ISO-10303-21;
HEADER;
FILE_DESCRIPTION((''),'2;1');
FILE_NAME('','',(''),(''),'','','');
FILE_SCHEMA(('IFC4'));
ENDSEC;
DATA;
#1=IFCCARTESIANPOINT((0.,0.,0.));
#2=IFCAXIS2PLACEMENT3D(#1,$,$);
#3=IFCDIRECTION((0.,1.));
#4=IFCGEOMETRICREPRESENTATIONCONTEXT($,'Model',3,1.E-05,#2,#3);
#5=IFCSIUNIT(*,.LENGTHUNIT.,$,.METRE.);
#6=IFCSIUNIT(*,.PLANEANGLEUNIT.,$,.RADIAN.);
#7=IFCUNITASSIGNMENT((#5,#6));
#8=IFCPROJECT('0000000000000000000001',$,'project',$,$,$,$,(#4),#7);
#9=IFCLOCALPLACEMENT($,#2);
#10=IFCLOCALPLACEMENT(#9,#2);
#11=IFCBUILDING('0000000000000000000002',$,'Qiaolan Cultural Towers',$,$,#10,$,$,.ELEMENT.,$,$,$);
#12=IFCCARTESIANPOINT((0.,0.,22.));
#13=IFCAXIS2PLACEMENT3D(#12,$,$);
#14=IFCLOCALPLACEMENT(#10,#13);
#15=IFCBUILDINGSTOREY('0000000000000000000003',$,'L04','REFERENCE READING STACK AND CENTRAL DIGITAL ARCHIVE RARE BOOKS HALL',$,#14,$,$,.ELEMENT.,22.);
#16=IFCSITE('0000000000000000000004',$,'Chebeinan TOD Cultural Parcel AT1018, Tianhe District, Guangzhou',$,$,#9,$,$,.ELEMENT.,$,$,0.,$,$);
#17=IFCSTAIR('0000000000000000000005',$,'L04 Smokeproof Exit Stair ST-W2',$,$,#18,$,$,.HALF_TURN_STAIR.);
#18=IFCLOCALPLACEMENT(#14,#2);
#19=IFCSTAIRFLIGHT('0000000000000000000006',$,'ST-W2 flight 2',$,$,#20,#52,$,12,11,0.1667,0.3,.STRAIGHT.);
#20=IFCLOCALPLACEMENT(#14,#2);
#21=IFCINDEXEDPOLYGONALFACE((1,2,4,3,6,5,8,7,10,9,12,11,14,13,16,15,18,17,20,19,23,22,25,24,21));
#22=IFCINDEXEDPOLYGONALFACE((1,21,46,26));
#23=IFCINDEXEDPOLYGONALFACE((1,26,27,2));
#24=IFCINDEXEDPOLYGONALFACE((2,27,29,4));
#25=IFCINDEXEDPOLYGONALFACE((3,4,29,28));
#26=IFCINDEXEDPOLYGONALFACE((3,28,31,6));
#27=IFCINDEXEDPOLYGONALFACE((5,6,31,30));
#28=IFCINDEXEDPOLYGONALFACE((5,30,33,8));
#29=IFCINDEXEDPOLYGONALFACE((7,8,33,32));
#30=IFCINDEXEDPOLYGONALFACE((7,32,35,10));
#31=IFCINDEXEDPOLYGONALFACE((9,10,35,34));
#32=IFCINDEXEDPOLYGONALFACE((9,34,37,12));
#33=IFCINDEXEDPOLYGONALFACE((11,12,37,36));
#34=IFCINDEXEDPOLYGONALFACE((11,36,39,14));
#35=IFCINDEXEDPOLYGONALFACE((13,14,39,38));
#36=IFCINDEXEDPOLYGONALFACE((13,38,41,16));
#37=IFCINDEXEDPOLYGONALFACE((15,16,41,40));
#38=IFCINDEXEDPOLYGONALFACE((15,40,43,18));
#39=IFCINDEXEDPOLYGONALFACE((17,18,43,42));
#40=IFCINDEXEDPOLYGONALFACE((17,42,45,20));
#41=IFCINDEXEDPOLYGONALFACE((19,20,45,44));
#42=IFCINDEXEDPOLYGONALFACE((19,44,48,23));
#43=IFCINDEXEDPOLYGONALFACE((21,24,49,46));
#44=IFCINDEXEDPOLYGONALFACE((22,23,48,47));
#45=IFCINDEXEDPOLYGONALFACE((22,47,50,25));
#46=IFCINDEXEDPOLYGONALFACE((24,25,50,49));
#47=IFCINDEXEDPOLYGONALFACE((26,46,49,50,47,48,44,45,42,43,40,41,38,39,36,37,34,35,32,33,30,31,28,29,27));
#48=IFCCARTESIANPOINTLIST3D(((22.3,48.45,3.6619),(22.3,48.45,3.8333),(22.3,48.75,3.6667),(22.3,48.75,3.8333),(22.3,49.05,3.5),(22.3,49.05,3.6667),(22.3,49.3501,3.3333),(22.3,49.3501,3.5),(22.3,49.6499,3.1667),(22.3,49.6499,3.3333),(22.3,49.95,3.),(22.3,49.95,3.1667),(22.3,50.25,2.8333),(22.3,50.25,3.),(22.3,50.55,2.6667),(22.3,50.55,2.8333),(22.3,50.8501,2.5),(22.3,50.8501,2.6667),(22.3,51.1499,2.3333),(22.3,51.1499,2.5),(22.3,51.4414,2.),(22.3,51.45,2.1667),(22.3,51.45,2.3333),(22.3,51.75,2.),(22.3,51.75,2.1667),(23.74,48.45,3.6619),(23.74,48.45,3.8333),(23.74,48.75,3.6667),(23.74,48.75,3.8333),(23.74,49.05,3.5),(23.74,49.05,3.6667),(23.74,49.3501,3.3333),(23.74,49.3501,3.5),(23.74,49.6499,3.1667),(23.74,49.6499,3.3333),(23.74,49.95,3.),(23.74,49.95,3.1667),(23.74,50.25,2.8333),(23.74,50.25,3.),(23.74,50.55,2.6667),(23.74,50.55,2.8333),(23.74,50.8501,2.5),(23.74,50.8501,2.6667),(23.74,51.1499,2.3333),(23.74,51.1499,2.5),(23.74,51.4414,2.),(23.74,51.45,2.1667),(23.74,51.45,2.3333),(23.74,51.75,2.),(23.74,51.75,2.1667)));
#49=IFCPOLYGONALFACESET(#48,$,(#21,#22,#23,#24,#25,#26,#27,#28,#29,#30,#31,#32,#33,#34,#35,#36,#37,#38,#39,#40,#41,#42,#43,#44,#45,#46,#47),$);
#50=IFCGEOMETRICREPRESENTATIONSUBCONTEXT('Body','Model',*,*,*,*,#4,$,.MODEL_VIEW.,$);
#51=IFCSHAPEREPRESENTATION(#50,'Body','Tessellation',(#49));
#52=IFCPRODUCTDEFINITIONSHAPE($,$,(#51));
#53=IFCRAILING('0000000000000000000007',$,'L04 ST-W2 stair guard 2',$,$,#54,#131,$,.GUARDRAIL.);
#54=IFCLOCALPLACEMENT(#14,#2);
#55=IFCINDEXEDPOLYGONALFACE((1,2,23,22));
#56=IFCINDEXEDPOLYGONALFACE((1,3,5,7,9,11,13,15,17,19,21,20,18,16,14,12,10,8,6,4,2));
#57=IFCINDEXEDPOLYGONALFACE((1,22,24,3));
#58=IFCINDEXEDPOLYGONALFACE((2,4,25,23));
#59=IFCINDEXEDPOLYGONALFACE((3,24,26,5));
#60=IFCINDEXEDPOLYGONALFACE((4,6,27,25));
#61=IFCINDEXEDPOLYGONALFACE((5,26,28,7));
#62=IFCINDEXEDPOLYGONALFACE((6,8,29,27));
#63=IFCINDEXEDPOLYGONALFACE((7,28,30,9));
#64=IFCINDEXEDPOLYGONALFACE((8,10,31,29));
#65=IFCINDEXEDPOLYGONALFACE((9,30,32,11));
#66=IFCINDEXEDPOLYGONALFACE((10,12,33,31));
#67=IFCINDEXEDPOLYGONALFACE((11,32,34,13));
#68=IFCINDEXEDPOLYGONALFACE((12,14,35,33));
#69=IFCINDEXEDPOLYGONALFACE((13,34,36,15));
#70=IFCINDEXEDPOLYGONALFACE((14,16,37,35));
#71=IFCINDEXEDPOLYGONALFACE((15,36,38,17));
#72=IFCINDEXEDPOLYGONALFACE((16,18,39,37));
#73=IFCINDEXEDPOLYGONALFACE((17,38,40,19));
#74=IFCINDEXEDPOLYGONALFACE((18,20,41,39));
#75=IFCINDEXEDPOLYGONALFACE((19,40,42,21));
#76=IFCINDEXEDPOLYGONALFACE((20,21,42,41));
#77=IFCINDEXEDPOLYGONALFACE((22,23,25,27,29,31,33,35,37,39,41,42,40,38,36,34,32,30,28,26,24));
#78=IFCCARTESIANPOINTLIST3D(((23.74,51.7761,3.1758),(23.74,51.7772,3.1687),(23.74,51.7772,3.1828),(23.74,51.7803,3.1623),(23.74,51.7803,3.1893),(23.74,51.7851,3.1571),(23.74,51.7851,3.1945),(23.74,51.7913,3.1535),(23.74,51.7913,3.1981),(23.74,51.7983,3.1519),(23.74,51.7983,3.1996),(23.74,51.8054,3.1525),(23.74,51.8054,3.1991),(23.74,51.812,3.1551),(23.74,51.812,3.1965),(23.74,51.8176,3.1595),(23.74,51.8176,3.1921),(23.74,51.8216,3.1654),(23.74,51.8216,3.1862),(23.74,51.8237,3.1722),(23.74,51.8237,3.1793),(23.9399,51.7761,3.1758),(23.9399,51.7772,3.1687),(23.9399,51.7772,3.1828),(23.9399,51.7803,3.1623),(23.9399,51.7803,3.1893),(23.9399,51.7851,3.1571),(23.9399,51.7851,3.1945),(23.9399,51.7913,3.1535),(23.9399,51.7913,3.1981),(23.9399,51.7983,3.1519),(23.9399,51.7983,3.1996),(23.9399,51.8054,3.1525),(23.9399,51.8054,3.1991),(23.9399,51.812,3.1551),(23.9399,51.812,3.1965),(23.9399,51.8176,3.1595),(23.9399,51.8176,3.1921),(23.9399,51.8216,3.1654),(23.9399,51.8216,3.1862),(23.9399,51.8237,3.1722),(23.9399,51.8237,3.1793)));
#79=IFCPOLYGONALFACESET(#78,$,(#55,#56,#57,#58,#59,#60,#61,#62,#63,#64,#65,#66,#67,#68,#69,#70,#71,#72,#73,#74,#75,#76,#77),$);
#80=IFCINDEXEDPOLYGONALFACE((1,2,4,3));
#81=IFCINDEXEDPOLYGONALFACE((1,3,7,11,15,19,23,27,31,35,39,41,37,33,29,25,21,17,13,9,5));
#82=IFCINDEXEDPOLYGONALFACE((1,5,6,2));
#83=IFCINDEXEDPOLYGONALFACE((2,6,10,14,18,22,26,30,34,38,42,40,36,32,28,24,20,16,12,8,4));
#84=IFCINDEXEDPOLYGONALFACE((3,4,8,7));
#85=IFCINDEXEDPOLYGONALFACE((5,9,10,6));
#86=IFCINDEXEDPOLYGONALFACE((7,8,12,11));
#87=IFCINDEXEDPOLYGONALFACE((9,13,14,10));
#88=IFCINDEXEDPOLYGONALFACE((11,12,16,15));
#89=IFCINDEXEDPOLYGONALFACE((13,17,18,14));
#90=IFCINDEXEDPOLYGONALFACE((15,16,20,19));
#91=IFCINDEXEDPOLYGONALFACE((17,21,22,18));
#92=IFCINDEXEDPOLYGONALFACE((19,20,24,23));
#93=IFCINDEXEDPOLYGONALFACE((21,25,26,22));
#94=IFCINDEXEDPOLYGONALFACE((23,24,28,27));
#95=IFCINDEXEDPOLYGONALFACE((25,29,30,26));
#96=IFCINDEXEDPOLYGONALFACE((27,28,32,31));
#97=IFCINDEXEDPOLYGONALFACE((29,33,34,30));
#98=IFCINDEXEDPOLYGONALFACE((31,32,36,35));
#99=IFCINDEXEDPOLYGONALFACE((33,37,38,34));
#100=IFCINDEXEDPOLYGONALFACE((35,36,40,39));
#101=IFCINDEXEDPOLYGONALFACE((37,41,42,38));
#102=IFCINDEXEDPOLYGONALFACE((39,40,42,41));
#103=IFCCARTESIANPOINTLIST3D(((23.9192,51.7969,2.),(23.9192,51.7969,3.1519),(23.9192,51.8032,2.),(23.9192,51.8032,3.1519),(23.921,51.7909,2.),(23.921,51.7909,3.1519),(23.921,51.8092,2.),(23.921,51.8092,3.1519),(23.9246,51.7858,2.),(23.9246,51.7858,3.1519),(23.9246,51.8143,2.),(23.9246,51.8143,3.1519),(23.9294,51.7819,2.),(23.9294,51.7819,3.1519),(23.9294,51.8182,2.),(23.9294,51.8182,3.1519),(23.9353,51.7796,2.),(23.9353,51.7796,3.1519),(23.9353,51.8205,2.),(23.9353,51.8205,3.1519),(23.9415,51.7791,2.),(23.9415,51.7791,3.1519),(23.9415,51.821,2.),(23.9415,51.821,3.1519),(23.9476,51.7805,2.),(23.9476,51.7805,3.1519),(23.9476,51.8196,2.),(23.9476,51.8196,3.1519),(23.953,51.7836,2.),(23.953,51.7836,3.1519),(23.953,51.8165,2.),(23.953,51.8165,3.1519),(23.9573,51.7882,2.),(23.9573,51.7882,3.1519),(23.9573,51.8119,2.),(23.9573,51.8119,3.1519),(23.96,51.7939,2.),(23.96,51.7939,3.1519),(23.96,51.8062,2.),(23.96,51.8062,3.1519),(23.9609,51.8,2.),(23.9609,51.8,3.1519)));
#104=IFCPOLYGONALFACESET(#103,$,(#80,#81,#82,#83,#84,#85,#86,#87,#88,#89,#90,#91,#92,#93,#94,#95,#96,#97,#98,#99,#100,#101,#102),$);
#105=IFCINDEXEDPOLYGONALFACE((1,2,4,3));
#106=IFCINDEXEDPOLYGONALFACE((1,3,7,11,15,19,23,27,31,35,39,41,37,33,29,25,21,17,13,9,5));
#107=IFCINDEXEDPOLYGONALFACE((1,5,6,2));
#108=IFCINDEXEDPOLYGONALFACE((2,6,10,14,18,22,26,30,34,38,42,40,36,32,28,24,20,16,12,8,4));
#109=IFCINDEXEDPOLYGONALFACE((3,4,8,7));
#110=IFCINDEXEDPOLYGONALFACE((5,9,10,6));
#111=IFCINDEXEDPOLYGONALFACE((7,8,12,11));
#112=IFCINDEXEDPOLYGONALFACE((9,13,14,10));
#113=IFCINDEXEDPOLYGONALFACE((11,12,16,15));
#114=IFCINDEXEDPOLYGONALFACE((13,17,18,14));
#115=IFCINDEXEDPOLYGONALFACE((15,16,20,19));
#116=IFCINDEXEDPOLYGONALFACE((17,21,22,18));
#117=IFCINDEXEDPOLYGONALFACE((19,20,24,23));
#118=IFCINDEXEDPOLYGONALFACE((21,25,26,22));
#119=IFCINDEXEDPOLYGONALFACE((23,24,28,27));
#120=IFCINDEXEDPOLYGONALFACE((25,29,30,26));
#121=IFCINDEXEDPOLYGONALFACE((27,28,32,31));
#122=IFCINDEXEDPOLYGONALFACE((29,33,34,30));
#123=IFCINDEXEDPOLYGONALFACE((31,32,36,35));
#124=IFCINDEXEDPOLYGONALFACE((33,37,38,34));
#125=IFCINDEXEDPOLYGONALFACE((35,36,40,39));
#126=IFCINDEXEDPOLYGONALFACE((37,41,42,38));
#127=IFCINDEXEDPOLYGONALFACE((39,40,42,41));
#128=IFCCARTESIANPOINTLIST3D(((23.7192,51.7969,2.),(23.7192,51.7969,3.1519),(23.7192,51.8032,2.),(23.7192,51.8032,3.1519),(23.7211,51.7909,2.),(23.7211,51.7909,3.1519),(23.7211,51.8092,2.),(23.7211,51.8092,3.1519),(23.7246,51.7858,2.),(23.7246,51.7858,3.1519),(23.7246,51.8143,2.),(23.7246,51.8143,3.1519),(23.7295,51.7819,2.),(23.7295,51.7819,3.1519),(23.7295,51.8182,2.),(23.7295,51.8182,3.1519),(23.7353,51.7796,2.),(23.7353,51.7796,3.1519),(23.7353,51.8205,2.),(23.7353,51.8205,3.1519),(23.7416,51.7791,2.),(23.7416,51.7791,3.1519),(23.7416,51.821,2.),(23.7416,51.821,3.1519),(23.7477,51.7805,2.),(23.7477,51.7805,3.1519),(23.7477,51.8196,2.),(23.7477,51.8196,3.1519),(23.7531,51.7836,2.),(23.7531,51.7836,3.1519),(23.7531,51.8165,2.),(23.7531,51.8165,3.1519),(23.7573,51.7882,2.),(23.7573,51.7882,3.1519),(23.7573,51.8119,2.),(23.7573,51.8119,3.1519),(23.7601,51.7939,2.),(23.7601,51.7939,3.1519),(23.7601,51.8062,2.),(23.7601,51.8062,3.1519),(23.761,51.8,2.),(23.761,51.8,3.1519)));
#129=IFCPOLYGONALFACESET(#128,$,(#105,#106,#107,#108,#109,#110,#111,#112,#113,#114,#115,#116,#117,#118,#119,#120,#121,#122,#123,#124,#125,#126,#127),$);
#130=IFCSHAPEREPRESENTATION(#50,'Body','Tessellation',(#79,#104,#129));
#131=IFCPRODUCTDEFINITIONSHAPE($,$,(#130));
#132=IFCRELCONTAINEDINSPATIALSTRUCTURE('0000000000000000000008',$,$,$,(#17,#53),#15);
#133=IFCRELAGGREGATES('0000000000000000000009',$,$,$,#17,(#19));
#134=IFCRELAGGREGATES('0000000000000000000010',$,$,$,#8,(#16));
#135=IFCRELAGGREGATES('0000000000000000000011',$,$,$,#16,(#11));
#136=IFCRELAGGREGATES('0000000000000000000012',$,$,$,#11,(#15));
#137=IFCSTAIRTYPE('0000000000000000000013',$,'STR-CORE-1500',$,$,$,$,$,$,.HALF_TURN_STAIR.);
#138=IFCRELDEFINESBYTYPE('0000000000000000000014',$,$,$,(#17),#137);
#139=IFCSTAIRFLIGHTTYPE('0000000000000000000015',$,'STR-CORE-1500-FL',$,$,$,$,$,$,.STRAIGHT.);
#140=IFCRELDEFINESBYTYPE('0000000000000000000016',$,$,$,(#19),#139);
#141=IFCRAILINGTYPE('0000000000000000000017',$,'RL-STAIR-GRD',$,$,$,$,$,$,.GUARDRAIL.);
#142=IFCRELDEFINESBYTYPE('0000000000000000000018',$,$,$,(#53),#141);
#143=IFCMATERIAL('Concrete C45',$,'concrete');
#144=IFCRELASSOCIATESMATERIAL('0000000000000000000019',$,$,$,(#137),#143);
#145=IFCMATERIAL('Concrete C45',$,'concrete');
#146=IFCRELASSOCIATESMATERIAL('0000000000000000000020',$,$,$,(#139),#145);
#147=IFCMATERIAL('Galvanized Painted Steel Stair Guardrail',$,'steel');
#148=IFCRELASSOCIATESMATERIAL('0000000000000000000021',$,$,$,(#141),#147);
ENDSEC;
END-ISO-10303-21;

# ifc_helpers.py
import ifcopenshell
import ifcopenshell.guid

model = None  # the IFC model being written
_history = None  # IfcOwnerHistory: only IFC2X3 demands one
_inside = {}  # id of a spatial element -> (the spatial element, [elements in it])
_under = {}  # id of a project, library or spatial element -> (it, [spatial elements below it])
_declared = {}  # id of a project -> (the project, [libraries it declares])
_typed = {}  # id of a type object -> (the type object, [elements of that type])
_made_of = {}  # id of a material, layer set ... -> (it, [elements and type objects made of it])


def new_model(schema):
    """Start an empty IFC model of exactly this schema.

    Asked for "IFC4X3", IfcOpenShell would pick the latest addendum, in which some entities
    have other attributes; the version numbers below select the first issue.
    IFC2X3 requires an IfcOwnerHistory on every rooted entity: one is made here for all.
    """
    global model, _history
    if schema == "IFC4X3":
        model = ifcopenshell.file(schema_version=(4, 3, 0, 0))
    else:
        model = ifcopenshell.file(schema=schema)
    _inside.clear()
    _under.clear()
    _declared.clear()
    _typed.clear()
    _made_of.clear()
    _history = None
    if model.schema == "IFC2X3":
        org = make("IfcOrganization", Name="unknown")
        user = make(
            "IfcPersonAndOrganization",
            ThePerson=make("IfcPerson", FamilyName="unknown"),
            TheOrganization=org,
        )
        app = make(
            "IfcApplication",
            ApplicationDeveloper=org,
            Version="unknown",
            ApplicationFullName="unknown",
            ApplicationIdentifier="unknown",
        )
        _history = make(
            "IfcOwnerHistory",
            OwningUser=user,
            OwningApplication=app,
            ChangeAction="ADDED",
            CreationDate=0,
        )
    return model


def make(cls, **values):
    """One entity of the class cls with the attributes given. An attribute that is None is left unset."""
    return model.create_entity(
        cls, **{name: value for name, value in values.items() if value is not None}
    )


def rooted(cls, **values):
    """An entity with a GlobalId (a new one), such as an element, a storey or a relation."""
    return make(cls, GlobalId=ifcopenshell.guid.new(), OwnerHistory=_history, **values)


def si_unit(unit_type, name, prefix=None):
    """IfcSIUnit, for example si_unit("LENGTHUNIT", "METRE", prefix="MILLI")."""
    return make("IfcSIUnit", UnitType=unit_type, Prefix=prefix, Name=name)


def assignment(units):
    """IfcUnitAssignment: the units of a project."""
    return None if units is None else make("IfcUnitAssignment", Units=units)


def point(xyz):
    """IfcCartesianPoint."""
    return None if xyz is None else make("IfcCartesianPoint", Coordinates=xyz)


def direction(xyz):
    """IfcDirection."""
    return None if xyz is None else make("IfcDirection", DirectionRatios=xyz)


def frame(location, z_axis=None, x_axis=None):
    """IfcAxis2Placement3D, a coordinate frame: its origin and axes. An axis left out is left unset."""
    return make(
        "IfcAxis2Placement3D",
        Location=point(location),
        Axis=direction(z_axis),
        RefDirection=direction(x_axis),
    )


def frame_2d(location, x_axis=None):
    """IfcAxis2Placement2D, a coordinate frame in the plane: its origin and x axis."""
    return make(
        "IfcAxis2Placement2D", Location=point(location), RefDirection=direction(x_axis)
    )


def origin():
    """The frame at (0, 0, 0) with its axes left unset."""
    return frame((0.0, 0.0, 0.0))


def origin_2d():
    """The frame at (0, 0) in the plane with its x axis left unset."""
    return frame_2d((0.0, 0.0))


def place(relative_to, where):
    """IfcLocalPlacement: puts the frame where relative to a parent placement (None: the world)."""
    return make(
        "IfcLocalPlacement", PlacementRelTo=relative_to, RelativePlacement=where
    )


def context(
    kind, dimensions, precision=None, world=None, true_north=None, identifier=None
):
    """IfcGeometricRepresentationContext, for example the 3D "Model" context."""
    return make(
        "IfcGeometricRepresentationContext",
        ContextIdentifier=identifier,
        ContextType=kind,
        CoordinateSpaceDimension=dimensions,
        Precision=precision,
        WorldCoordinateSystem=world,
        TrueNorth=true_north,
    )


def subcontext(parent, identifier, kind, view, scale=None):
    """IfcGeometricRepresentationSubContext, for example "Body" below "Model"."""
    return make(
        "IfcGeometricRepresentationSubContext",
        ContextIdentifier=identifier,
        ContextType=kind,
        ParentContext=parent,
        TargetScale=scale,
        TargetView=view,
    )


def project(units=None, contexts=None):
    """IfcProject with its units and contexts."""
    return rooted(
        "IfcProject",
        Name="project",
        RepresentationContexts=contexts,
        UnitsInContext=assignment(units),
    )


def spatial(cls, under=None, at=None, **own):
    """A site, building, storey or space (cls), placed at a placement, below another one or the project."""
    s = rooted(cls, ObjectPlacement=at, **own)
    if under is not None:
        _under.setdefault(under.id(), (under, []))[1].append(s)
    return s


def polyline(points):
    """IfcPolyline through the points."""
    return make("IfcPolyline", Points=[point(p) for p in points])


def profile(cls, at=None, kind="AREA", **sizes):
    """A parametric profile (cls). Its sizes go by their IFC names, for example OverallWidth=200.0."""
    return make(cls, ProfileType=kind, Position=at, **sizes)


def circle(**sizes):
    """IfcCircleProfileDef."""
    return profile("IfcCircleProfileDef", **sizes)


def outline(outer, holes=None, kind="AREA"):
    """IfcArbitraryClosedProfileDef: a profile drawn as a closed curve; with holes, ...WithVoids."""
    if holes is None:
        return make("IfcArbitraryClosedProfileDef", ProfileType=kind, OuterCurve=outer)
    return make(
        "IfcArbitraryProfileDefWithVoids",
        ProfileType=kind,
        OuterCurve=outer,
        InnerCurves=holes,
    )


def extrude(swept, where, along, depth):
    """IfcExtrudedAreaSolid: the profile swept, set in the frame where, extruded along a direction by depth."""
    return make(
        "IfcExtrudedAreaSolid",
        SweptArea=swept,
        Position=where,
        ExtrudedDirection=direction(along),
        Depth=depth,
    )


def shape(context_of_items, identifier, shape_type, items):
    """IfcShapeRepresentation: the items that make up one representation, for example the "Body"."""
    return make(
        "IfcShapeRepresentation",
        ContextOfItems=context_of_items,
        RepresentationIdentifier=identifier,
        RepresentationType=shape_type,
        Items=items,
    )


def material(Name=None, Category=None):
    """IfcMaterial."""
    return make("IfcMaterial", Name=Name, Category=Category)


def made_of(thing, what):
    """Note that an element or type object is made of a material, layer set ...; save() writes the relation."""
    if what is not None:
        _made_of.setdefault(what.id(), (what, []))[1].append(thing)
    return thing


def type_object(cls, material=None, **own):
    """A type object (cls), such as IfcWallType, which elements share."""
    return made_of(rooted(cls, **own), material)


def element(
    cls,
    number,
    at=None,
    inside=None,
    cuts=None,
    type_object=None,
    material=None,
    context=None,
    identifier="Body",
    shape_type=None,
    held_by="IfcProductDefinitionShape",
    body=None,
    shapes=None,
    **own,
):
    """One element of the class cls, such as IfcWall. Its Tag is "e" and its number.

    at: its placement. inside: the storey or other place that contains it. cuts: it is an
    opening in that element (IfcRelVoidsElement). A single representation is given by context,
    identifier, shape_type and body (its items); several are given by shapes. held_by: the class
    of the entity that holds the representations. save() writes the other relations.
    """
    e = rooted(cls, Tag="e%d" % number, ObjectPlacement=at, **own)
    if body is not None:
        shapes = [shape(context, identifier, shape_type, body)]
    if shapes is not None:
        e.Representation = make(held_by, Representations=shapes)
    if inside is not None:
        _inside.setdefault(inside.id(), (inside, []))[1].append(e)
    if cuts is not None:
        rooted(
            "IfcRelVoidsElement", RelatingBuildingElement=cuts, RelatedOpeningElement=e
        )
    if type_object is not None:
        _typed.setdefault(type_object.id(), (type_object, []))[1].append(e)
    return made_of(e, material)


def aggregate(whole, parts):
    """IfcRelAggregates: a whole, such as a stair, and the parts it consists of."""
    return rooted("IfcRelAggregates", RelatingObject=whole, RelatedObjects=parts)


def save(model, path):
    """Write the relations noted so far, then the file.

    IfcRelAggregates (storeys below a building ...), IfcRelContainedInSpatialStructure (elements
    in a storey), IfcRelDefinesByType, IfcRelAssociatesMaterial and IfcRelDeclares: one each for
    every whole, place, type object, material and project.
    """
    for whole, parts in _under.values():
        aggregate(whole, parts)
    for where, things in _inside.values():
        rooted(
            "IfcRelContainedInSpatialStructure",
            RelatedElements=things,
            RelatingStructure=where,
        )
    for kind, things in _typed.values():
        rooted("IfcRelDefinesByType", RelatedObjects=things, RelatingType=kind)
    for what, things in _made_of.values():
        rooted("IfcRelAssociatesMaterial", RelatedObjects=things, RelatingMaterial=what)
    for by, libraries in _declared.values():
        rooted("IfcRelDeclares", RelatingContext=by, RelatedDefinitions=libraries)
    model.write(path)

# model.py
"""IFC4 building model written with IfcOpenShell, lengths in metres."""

from ifc_helpers import new_model, si_unit, direction, frame, origin, origin_2d, place, context, subcontext, project, spatial, polyline, circle, outline, extrude, material, type_object, element, aggregate, save


model = new_model("IFC4")

# Units and contexts
model_context = context("Model", 3, precision=1e-05, world=origin(), true_north=direction((0.0, 1.0)))
body_context = subcontext(model_context, "Body", "Model", "MODEL_VIEW")
ifc_project = project(units=[si_unit("LENGTHUNIT", "METRE"), si_unit("PLANEANGLEUNIT", "RADIAN")], contexts=[model_context])

# Site, building, storey
site_placement = place(None, origin())
site = spatial("IfcSite", under=ifc_project, at=site_placement, Name="Chebeinan TOD Cultural Parcel AT1018, Tianhe District, Guangzhou", CompositionType="ELEMENT", RefElevation=0.0)
building_placement = place(site_placement, origin())
building = spatial("IfcBuilding", under=site, at=building_placement, Name="Qiaolan Cultural Towers", CompositionType="ELEMENT")
storey_placement = place(building_placement, frame((0.0, 0.0, 22.0)))
storey = spatial("IfcBuildingStorey", under=building, at=storey_placement, Name="L04", Description="REFERENCE READING STACK AND CENTRAL DIGITAL ARCHIVE RARE BOOKS HALL", CompositionType="ELEMENT", Elevation=22.0)

# Stair, stair flight
ifc_material_1 = material(Name="Concrete C45", Category="concrete")
stair_type = type_object("IfcStairType", Name="STR-CORE-1500", PredefinedType="HALF_TURN_STAIR", material=ifc_material_1)
stair_placement = place(storey_placement, origin())
stair = element("IfcStair", 1, at=stair_placement, inside=storey, type_object=stair_type, Name="L04 Smokeproof Exit Stair ST-W2", PredefinedType="HALF_TURN_STAIR")
ifc_material_2 = material(Name="Concrete C45", Category="concrete")
stair_flight_type = type_object("IfcStairFlightType", Name="STR-CORE-1500-FL", PredefinedType="STRAIGHT", material=ifc_material_2)
stair_flight_placement = place(storey_placement, frame((23.02, 51.75, 2.0), z_axis=(0.0, 0.0, 1.0), x_axis=(0.0, -1.0, 0.0)))
stair_flight = element("IfcStairFlight", 2, at=stair_flight_placement, type_object=stair_flight_type, Name="ST-W2 flight 2", NumberOfRisers=12, NumberOfTreads=11, PredefinedType="STRAIGHT", RiserHeight=0.1667, TreadLength=0.3, context=body_context, shape_type="SweptSolid", body=[
    extrude(outline(polyline([(0.0, 0.0), (0.0, 0.1667), (0.3, 0.1667), (0.3, 0.3333), (0.6001, 0.3333), (0.6001, 0.5), (0.8999, 0.5), (0.8999, 0.6667), (1.2, 0.6667), (1.2, 0.8333), (1.5, 0.8333), (1.5, 1.0), (1.8, 1.0), (1.8, 1.1667), (2.1001, 1.1667), (2.1001, 1.3333), (2.3999, 1.3333), (2.3999, 1.5), (2.7, 1.5), (2.7, 1.6667), (3.0, 1.6667), (3.0, 1.8333), (3.3, 1.8333), (3.3, 2.0), (3.3, 1.6619), (0.3086, 0.0), (0.0, 0.0)])), frame((0.0, 0.72, 0.0), z_axis=(0.0, -1.0, 0.0), x_axis=(1.0, 0.0, 0.0)), (0.0, 0.0, 1.0), 1.4399),
])
aggregate(stair, [stair_flight])

# Railing
ifc_material_3 = material(Name="Galvanized Painted Steel Stair Guardrail", Category="steel")
railing_type_1 = type_object("IfcRailingType", Name="RL-STAIR-GRD", PredefinedType="GUARDRAIL", material=ifc_material_3)
railing_1_placement = place(storey_placement, frame((23.9399, 51.8, 2.0)))
element("IfcRailing", 3, at=railing_1_placement, inside=storey, type_object=railing_type_1, Name="L04 ST-W2 stair guard 2", PredefinedType="GUARDRAIL", context=body_context, shape_type="SweptSolid", body=[
    extrude(circle(Radius=0.0239, at=origin_2d()), frame((0.0, 0.0, 1.1758), z_axis=(-1.0, 0.0, 0.0), x_axis=(0.0, -1.0, 0.0)), (0.0, 0.0, 1.0), 0.2),
    extrude(circle(Radius=0.021, at=origin_2d()), origin(), (0.0, 0.0, 1.0), 1.1519),
    extrude(circle(Radius=0.021, at=origin_2d()), frame((-0.2, 0.0, 0.0)), (0.0, 0.0, 1.0), 1.1519),
])

save(model, "model.ifc")
